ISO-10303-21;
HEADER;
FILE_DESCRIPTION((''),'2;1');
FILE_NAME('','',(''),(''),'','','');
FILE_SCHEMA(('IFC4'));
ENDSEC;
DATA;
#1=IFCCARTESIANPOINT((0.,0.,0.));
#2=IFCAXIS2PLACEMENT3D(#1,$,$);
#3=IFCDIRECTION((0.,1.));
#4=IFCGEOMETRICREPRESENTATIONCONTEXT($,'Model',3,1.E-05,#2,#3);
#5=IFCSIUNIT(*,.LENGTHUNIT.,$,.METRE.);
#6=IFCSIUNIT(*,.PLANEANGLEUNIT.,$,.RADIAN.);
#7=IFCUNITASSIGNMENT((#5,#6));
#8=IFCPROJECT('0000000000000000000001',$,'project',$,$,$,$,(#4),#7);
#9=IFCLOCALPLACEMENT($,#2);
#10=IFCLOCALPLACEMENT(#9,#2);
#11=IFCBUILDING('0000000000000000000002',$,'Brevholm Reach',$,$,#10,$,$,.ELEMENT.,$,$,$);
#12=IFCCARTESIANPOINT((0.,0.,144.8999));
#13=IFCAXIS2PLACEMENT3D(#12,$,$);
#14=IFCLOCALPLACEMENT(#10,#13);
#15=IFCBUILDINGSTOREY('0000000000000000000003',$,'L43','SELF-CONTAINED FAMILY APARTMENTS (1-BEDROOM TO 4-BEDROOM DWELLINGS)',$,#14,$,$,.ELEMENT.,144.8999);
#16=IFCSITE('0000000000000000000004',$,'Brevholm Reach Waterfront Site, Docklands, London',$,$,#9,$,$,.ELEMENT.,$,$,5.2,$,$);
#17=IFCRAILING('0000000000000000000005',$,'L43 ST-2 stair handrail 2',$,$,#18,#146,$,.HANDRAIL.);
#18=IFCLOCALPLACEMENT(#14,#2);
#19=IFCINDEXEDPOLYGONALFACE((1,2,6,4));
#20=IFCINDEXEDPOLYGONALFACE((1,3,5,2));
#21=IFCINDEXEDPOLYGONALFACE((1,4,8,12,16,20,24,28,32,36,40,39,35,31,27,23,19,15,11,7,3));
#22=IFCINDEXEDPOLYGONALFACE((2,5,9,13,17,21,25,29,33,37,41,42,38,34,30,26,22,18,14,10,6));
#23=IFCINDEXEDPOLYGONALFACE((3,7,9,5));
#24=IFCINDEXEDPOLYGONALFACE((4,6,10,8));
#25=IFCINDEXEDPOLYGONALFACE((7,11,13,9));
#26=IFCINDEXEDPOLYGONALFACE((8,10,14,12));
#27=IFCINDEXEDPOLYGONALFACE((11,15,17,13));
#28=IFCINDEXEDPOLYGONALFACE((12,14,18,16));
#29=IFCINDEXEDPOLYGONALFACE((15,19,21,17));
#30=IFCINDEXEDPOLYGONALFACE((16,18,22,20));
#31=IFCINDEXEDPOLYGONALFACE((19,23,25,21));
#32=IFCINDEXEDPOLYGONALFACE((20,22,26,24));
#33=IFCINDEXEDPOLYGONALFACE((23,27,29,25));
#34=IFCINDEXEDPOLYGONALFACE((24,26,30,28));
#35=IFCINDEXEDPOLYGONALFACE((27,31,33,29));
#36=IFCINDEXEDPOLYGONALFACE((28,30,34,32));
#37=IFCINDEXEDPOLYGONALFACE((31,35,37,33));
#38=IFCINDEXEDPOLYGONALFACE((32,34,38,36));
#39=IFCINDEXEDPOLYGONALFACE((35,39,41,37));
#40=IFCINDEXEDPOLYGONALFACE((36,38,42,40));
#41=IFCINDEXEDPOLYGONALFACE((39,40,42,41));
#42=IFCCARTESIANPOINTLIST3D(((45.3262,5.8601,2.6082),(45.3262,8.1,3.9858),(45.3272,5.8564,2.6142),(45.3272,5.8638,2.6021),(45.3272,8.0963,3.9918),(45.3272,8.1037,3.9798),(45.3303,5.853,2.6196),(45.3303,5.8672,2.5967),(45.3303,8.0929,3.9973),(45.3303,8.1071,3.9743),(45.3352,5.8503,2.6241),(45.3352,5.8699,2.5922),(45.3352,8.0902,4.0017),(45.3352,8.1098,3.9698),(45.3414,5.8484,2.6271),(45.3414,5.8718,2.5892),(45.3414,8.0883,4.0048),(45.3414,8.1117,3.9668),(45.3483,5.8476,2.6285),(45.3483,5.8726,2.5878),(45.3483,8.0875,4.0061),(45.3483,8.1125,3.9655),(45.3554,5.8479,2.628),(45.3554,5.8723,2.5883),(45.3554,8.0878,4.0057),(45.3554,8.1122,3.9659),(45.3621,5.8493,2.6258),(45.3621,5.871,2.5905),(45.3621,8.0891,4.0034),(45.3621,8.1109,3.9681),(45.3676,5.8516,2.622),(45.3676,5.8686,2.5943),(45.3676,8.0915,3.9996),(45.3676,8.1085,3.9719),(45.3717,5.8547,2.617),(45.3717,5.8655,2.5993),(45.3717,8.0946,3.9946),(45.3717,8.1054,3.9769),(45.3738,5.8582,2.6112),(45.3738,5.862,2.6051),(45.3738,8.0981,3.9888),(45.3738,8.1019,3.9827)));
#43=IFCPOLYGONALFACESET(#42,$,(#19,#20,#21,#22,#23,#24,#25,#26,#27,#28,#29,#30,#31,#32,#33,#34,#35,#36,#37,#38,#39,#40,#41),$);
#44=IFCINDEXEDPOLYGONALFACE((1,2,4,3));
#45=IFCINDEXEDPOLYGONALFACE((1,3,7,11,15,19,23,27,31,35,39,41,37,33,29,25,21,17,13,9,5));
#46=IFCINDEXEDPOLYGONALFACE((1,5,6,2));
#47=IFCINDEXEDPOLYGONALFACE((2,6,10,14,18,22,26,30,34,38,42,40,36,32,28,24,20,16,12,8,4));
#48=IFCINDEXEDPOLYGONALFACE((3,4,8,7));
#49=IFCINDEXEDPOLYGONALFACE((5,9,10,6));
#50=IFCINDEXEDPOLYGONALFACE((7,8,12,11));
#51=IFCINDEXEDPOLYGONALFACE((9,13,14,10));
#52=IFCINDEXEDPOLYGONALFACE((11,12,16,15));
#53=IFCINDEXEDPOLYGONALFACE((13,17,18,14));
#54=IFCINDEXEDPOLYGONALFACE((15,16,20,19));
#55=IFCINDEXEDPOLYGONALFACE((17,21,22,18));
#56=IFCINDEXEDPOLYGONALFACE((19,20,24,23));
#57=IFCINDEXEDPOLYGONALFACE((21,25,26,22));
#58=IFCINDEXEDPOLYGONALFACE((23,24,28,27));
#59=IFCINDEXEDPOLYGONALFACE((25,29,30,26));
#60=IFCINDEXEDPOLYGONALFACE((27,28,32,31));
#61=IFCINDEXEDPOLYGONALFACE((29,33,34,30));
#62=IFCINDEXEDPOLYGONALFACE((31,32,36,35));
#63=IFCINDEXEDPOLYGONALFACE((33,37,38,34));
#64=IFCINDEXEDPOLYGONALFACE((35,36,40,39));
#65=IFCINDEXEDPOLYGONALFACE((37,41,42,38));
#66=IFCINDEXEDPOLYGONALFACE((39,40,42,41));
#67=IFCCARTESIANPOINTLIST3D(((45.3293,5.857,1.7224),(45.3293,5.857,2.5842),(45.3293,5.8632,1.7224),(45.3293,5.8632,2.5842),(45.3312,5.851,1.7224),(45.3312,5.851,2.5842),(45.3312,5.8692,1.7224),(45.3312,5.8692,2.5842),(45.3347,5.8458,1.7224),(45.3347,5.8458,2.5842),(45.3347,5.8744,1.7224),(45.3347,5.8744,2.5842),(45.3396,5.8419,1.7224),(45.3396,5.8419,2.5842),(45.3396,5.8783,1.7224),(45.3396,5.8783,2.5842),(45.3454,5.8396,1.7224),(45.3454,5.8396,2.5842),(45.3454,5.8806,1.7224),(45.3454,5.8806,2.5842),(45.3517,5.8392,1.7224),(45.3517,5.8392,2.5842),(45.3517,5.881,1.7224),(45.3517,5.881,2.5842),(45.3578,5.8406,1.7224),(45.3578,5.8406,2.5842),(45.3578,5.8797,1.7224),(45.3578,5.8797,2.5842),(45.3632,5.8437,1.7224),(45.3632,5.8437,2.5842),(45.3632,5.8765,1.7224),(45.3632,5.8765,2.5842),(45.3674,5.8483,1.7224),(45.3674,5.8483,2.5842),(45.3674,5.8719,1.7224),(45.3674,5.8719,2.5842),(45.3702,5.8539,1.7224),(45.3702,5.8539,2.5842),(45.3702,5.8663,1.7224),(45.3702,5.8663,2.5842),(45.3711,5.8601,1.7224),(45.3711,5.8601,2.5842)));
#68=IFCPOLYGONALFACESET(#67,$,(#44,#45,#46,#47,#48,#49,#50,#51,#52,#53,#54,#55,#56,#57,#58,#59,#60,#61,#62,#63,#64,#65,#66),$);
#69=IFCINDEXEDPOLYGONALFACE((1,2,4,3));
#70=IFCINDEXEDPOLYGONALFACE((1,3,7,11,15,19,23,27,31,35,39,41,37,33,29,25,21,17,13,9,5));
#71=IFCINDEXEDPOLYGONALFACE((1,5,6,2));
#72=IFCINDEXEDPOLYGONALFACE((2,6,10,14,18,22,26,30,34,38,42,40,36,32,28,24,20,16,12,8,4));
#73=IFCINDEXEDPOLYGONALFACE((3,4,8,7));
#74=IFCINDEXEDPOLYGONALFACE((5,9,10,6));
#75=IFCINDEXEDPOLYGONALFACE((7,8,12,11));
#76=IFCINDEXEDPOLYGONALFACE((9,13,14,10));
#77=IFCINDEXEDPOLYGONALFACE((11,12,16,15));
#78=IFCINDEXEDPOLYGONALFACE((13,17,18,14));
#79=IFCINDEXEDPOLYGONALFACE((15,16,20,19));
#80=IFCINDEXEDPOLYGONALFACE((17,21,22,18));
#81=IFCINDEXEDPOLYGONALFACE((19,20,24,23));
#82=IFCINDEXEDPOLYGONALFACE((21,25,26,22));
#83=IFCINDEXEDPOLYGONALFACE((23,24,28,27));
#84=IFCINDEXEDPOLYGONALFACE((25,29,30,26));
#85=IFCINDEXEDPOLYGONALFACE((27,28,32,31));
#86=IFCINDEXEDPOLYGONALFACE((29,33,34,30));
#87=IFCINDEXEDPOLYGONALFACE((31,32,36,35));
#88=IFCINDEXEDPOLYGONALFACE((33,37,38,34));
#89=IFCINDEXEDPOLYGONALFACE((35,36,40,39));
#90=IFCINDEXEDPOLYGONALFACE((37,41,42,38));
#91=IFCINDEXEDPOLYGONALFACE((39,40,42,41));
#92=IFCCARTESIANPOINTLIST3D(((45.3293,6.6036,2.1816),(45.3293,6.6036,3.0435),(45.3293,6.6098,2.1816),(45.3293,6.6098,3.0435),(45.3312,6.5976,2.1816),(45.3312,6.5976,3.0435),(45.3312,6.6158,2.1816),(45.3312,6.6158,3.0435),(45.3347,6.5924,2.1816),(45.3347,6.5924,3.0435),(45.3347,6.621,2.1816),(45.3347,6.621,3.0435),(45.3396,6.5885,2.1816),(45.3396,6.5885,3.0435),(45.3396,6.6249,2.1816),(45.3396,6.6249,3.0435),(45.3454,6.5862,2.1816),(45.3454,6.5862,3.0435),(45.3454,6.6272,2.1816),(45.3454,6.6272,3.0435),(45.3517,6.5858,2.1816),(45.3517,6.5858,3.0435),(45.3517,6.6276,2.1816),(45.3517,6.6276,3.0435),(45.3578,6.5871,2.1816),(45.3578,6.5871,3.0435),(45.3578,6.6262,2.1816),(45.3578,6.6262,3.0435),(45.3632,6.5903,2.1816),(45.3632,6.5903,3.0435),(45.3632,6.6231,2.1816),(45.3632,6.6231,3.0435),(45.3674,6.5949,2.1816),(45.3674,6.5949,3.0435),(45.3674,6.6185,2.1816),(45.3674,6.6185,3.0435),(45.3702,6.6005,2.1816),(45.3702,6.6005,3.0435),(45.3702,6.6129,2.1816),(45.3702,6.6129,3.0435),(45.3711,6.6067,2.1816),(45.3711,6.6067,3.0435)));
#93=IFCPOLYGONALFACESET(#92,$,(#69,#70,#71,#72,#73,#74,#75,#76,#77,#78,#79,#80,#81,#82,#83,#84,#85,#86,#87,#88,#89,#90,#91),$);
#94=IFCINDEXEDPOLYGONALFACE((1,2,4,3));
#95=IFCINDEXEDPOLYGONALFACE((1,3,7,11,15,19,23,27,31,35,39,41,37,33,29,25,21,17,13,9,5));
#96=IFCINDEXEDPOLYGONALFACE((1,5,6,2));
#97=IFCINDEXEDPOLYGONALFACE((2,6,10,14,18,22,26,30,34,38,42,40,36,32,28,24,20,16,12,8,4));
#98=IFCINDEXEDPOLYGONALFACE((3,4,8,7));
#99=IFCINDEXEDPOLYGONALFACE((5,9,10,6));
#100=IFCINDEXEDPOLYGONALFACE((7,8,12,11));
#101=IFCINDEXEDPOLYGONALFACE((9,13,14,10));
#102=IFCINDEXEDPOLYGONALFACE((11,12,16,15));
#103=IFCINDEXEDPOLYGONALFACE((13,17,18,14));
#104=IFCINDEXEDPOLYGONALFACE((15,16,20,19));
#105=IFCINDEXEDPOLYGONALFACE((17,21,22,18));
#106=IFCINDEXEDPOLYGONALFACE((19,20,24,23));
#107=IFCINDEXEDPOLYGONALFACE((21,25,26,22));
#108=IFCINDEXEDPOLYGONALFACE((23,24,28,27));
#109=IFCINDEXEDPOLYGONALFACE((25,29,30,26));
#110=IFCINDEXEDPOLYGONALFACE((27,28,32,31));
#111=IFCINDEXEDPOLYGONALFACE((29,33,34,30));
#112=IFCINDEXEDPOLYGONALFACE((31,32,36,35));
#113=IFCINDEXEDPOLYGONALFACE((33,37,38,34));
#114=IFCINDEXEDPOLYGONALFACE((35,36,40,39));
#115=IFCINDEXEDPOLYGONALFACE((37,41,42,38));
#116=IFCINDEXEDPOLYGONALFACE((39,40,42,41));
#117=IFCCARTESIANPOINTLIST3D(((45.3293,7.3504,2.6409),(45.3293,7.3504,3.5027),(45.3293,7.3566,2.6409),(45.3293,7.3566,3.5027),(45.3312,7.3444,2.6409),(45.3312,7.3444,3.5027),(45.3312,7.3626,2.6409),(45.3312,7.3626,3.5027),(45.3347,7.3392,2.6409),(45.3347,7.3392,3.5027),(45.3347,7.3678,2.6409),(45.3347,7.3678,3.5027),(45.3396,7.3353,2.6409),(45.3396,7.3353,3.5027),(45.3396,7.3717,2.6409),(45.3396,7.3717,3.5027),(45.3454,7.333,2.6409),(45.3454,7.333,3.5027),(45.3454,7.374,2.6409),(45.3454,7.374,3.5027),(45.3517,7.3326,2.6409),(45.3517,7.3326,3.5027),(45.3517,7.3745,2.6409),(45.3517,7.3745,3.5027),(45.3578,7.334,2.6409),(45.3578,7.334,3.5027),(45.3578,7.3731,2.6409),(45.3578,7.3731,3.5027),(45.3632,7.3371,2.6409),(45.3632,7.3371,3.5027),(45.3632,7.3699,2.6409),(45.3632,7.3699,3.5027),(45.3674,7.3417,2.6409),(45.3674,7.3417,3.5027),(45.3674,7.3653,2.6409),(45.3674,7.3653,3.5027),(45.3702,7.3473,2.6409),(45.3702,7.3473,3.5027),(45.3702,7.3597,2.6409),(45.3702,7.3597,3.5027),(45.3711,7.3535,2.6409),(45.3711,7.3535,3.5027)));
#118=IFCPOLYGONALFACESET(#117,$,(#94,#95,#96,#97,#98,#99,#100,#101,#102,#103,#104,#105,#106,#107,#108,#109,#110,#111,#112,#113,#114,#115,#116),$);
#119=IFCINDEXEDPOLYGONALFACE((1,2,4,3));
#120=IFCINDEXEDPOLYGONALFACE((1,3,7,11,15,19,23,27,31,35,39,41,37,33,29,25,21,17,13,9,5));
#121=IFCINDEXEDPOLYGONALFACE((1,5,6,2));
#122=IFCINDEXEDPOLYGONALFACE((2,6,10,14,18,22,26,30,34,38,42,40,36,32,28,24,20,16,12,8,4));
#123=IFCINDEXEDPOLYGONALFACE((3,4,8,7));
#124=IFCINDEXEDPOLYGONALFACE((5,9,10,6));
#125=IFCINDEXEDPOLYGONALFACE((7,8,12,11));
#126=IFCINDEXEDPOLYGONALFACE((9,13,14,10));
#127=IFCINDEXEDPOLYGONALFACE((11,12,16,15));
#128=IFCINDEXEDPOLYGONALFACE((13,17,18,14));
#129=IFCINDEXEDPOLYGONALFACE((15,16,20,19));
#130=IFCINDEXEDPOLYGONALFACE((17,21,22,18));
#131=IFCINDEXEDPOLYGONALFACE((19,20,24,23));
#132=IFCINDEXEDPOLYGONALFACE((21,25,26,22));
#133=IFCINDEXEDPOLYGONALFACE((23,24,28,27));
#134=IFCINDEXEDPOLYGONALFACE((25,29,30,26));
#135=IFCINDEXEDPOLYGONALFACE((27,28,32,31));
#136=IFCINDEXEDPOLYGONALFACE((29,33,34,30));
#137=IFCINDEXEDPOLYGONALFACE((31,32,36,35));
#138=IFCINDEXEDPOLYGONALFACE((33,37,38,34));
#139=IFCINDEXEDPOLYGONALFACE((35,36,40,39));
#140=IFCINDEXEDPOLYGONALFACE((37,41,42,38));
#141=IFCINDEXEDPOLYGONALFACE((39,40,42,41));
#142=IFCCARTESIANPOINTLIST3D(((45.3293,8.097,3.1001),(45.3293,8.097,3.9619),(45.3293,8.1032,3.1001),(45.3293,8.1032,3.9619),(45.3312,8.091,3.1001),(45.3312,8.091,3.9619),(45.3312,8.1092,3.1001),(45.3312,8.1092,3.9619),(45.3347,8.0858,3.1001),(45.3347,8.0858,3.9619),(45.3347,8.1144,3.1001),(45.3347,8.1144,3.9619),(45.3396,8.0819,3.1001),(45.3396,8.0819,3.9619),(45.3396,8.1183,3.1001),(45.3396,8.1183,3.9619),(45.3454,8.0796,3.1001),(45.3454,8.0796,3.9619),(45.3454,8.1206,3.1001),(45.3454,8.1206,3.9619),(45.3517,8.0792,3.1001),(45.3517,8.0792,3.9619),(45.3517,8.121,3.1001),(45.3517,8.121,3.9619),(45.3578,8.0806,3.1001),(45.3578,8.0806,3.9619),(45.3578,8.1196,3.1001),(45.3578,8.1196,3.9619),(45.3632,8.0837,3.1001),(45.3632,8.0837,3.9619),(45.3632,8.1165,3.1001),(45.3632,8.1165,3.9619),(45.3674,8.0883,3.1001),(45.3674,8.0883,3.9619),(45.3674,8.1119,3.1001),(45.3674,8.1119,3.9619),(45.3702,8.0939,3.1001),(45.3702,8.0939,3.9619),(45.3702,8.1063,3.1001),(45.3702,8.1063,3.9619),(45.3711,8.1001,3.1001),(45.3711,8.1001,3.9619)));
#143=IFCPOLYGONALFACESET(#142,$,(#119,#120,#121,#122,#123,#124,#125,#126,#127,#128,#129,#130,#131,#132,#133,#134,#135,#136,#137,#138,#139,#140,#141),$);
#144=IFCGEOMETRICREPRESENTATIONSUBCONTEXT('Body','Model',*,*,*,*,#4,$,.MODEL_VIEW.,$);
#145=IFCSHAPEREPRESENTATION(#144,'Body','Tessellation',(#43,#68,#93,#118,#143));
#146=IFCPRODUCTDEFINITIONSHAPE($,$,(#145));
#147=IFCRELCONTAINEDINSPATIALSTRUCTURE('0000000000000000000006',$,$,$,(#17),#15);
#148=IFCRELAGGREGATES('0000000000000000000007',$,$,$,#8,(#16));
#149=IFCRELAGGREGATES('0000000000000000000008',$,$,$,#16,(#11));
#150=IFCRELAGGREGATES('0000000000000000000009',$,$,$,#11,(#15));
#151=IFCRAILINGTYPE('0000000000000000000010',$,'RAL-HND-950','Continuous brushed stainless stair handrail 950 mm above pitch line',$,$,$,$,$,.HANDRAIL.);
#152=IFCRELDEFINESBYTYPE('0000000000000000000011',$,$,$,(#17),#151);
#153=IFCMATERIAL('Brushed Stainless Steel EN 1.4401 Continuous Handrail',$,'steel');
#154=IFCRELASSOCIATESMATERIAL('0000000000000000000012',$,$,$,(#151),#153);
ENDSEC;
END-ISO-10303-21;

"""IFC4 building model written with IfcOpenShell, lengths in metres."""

from ifc_helpers import new_model, si_unit, direction, frame, origin, origin_2d, place, context, subcontext, project, spatial, circle, extrude, material, type_object, element, save


model = new_model("IFC4")

# Units and contexts
model_context = context("Model", 3, precision=1e-05, world=origin(), true_north=direction((0.0, 1.0)))
body_context = subcontext(model_context, "Body", "Model", "MODEL_VIEW")
ifc_project = project(units=[si_unit("LENGTHUNIT", "METRE"), si_unit("PLANEANGLEUNIT", "RADIAN")], contexts=[model_context])

# Site, building, storey
site_placement = place(None, origin())
site = spatial("IfcSite", under=ifc_project, at=site_placement, Name="Brevholm Reach Waterfront Site, Docklands, London", CompositionType="ELEMENT", RefElevation=5.2)
building_placement = place(site_placement, origin())
building = spatial("IfcBuilding", under=site, at=building_placement, Name="Brevholm Reach", CompositionType="ELEMENT")
storey_placement = place(building_placement, frame((0.0, 0.0, 144.8999)))
storey = spatial("IfcBuildingStorey", under=building, at=storey_placement, Name="L43", Description="SELF-CONTAINED FAMILY APARTMENTS (1-BEDROOM TO 4-BEDROOM DWELLINGS)", CompositionType="ELEMENT", Elevation=144.8999)

# Railing
ifc_material_1 = material(Name="Brushed Stainless Steel EN 1.4401 Continuous Handrail", Category="steel")
railing_type_1 = type_object("IfcRailingType", Name="RAL-HND-950", Description="Continuous brushed stainless stair handrail 950 mm above pitch line", PredefinedType="HANDRAIL", material=ifc_material_1)
railing_1_placement = place(storey_placement, frame((45.3501, 5.8601, 1.7224)))
element("IfcRailing", 1, at=railing_1_placement, inside=storey, type_object=railing_type_1, Name="L43 ST-2 stair handrail 2", PredefinedType="HANDRAIL", context=body_context, shape_type="SweptSolid", body=[
    extrude(circle(Radius=0.0239, at=origin_2d()), frame((0.0, 0.0, 0.8857), z_axis=(0.0, 0.851789, 0.523885), x_axis=(-1.0, 0.0, 0.0)), (0.0, 0.0, 1.0), 2.6296),
    extrude(circle(Radius=0.021, at=origin_2d()), origin(), (0.0, 0.0, 1.0), 0.8618),
    extrude(circle(Radius=0.021, at=origin_2d()), frame((0.0, 0.7466, 0.4592)), (0.0, 0.0, 1.0), 0.8618),
    extrude(circle(Radius=0.021, at=origin_2d()), frame((0.0, 1.4934, 0.9185)), (0.0, 0.0, 1.0), 0.8618),
    extrude(circle(Radius=0.021, at=origin_2d()), frame((0.0, 2.24, 1.3777)), (0.0, 0.0, 1.0), 0.8618),
])

save(model, "model.ifc")
